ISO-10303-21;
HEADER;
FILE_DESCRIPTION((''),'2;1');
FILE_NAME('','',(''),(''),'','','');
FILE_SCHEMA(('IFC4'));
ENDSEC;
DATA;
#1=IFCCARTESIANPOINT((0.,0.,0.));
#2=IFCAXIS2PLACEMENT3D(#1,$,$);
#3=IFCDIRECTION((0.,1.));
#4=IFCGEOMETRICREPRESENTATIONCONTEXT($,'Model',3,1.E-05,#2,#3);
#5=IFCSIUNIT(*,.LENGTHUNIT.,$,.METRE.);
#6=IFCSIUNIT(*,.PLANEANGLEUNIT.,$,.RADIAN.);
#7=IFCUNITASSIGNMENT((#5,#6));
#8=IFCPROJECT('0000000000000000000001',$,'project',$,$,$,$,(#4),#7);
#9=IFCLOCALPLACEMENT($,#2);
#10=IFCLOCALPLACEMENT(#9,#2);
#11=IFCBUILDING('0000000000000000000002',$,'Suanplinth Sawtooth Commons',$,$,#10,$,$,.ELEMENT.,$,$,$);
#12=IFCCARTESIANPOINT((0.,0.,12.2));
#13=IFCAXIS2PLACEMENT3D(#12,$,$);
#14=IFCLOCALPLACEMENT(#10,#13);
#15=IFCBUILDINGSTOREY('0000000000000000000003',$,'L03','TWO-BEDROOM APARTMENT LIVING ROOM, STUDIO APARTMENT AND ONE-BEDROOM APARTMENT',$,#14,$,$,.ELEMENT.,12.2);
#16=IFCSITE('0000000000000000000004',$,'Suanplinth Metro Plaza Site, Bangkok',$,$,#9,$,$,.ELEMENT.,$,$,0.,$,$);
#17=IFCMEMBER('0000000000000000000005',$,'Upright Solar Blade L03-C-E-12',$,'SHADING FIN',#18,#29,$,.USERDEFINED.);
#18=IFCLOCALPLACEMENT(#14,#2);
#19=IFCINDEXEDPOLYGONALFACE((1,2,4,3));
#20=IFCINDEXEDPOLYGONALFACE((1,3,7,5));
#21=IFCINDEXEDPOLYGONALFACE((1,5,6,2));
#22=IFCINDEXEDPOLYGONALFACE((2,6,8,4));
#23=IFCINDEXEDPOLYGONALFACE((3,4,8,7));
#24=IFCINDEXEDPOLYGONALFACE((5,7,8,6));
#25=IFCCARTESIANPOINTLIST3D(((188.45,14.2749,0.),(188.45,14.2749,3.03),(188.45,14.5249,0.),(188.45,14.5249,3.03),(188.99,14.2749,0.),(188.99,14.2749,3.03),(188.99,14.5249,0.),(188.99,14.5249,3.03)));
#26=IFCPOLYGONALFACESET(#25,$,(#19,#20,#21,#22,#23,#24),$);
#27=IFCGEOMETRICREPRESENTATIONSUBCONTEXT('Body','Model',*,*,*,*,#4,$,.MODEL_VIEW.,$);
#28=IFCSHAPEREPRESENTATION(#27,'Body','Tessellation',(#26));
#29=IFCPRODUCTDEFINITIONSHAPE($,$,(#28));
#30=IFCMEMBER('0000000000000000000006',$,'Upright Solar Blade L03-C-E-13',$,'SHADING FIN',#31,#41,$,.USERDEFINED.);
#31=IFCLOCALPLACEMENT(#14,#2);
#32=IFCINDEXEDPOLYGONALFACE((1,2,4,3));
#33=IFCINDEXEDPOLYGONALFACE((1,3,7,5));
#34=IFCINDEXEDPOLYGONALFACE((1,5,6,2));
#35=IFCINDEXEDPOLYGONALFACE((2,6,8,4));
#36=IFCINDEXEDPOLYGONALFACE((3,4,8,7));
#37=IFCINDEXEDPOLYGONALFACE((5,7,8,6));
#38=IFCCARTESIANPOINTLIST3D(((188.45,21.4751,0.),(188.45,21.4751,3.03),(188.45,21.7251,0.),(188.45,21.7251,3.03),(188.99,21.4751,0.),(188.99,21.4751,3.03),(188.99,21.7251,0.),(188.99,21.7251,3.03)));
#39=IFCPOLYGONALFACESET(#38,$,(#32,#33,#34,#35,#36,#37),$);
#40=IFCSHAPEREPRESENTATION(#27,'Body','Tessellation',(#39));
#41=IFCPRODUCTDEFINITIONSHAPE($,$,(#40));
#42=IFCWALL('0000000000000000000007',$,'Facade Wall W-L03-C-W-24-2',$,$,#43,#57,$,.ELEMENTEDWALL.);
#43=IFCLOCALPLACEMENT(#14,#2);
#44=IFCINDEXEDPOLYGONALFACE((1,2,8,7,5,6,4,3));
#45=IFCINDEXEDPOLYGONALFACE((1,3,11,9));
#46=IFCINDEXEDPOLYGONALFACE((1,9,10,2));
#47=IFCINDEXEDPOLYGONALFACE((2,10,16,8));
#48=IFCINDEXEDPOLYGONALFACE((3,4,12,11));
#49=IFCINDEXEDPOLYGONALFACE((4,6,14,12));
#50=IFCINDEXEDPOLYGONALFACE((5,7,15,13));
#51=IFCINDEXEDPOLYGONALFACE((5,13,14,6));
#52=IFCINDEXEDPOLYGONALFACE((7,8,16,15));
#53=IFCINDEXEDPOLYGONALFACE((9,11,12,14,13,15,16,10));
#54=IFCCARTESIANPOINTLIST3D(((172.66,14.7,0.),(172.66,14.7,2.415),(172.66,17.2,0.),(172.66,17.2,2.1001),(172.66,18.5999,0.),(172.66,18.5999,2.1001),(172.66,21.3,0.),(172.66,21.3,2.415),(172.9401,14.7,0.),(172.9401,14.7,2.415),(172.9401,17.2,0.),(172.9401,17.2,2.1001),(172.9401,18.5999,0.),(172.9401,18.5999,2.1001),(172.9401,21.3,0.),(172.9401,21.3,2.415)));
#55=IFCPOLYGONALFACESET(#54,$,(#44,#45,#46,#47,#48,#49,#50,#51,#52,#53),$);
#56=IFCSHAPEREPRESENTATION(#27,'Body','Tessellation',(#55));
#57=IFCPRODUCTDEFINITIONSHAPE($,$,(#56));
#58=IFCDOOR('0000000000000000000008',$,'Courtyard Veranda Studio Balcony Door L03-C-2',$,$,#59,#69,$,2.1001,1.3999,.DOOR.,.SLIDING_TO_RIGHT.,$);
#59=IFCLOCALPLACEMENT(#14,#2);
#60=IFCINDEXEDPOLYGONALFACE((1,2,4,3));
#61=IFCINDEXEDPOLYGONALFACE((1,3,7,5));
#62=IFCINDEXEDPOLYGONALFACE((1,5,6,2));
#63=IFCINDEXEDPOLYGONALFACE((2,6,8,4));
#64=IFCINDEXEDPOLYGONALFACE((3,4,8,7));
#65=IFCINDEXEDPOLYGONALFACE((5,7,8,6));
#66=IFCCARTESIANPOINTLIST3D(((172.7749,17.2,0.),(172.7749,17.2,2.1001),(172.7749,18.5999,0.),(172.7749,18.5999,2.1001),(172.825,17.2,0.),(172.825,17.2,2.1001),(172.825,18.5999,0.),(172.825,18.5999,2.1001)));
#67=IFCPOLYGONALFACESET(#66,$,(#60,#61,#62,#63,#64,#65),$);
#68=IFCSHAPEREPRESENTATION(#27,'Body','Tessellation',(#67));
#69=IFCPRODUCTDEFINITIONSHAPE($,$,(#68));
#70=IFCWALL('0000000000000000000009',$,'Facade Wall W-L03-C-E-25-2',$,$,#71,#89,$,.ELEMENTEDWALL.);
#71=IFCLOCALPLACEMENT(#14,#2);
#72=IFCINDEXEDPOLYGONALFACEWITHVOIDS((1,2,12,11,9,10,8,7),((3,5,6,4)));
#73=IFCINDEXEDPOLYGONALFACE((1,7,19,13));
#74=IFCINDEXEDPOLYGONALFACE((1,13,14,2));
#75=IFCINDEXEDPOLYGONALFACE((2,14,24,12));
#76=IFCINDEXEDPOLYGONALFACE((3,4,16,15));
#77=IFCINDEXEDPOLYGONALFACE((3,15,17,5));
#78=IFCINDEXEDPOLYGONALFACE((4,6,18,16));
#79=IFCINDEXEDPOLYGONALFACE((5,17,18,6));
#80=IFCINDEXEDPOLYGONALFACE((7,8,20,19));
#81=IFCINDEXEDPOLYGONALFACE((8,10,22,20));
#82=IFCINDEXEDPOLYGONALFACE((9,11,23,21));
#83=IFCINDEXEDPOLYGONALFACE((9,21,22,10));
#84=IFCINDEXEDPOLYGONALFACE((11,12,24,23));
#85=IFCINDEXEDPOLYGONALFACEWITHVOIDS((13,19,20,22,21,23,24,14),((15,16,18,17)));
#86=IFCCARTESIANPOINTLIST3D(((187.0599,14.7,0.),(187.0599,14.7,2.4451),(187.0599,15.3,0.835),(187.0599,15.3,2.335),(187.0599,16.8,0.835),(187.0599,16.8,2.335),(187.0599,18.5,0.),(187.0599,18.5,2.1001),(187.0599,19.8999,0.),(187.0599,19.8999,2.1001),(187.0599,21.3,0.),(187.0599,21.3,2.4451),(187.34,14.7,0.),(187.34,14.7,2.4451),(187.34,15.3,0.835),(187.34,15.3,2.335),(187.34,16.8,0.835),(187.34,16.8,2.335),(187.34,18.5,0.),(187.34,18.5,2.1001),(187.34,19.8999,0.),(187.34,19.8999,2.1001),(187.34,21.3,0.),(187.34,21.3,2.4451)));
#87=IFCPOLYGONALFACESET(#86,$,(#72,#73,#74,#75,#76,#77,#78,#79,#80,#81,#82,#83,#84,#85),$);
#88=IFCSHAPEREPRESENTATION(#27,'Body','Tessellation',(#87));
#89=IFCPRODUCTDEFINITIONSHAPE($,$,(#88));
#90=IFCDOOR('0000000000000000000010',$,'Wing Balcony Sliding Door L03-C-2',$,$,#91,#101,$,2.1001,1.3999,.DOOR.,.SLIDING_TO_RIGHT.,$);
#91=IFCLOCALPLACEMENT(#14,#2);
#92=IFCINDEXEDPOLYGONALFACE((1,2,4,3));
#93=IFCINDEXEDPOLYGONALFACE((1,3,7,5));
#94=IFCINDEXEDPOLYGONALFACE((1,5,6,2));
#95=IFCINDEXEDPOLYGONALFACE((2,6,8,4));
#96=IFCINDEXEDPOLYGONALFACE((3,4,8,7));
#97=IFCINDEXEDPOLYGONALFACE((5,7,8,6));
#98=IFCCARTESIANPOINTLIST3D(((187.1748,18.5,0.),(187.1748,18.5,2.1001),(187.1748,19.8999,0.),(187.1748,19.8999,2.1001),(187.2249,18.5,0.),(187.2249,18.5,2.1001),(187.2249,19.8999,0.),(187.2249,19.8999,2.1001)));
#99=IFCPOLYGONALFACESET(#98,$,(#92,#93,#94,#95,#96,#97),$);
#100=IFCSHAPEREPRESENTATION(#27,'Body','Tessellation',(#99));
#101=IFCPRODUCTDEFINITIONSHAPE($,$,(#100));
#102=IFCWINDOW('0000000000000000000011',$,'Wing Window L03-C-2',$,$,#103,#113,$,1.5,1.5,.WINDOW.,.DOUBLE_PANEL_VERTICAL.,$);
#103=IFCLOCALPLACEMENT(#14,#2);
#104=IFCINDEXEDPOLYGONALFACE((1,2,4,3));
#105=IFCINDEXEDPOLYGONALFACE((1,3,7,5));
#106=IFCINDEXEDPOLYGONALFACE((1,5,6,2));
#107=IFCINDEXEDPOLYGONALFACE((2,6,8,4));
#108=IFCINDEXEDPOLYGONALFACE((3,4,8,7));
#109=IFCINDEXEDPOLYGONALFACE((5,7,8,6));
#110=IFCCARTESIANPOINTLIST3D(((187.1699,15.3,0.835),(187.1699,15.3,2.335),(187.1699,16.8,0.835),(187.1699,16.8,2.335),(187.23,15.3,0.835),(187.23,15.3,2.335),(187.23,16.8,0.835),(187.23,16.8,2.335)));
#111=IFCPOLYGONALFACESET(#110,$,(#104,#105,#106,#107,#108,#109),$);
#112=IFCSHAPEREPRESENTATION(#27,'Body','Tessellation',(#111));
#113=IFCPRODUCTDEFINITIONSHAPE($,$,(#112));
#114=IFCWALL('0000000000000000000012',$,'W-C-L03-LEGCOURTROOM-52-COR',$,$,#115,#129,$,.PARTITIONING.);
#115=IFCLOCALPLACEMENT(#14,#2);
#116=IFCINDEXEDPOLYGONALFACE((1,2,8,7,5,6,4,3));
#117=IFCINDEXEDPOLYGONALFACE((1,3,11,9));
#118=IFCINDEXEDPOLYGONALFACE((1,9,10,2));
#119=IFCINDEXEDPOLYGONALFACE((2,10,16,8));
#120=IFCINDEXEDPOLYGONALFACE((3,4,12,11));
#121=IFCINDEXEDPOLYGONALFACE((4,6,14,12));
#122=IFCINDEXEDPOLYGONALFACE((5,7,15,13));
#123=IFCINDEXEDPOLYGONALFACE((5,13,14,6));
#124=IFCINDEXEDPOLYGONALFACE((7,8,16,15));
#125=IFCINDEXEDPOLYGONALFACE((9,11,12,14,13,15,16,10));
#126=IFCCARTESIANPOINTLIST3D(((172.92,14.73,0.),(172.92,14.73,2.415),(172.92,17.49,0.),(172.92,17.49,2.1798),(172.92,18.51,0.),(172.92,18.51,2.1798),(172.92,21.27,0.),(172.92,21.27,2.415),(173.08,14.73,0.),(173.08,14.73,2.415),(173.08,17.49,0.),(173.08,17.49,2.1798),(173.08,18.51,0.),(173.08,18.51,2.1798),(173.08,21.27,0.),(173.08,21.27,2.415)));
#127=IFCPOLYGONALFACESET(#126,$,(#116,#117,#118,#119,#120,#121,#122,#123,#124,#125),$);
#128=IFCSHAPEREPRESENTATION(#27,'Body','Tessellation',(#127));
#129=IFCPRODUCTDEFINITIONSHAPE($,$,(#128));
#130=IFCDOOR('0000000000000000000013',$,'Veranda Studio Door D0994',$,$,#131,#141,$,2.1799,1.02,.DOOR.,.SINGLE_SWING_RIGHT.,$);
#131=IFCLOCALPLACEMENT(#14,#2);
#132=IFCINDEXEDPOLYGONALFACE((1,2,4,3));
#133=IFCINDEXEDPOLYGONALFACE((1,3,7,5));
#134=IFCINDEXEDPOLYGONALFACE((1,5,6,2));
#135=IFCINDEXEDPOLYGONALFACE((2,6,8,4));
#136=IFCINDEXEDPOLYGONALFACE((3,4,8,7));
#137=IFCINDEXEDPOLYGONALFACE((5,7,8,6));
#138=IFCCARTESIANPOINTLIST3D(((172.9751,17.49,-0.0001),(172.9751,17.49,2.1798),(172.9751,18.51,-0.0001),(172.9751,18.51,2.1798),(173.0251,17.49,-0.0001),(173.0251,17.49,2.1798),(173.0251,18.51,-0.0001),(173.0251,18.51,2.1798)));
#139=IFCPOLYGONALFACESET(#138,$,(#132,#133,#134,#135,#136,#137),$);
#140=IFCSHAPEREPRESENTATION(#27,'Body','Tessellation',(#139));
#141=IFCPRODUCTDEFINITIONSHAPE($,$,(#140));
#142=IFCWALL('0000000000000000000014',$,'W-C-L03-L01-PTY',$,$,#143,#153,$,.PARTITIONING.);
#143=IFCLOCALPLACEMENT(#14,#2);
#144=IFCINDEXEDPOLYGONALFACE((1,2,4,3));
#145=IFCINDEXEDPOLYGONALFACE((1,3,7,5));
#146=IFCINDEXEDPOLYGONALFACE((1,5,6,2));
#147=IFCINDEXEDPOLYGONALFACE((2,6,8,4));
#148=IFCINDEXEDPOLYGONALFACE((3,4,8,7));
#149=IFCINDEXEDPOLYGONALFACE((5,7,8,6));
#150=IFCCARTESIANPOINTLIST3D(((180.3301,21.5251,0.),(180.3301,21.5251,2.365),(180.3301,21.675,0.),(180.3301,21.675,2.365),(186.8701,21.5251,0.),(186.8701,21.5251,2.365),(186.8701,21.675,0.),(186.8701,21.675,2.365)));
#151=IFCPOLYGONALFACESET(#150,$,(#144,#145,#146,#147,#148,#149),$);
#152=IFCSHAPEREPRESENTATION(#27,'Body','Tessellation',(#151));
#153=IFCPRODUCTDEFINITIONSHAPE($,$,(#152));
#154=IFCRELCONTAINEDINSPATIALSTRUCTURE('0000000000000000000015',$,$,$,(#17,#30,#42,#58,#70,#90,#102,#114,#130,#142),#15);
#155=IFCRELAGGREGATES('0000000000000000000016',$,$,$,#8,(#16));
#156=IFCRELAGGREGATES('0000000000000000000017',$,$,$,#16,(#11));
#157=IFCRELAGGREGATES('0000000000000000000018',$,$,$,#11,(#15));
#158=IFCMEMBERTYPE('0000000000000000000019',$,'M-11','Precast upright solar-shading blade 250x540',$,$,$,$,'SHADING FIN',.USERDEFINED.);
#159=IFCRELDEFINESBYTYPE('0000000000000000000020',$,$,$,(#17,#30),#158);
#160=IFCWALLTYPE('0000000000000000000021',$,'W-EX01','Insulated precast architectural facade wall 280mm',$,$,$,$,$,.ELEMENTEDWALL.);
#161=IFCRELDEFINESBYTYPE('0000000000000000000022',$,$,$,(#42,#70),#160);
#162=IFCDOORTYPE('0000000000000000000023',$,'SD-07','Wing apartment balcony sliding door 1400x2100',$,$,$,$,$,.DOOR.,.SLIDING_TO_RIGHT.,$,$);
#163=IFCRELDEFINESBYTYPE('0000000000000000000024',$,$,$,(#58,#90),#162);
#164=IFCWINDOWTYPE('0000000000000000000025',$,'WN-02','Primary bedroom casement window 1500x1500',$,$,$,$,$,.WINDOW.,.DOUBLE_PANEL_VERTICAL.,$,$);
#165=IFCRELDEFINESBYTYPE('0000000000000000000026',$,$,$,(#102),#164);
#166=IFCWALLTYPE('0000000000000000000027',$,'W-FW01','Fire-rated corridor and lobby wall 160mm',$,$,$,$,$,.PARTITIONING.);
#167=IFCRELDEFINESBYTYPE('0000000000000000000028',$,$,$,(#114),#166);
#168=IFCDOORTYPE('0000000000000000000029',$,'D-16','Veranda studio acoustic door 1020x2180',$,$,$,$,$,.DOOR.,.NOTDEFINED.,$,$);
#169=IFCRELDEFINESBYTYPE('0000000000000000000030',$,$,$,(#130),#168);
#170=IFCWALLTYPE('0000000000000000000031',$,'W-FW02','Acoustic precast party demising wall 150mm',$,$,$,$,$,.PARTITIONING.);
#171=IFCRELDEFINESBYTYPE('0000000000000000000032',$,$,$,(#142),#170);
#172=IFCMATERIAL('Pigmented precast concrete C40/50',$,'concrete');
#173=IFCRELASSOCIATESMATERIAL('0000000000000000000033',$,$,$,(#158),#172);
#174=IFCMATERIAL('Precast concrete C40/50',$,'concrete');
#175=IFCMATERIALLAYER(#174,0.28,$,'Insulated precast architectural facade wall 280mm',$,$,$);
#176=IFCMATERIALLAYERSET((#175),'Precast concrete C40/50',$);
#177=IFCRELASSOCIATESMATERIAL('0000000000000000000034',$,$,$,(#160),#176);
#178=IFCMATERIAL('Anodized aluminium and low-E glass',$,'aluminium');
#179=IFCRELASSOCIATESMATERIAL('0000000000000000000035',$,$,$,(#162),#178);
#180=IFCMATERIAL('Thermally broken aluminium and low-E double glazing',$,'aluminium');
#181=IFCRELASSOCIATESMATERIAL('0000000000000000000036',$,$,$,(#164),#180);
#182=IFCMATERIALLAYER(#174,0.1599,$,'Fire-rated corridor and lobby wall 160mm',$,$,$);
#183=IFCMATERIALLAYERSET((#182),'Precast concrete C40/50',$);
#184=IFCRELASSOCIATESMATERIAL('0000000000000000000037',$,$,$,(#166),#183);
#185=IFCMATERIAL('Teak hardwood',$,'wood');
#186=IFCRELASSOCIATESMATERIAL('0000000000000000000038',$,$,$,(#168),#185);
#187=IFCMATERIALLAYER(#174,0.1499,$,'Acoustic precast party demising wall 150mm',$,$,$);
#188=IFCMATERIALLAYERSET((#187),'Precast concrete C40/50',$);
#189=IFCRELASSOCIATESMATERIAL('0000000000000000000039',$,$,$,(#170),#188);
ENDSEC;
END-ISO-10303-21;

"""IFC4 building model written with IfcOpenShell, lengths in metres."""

from ifc_helpers import new_model, si_unit, direction, frame, frame_2d, origin, origin_2d, place, context, subcontext, project, spatial, rectangle, extrude, material, layer, layer_set, material_profile, profile_set, type_object, element, fill, save


model = new_model("IFC4")

# Units and contexts
model_context = context("Model", 3, precision=1e-05, world=origin(), true_north=direction((0.0, 1.0)))
body_context = subcontext(model_context, "Body", "Model", "MODEL_VIEW")
ifc_project = project(units=[si_unit("LENGTHUNIT", "METRE"), si_unit("PLANEANGLEUNIT", "RADIAN")], contexts=[model_context])

# Site, building, storey
site_placement = place(None, origin())
site = spatial("IfcSite", under=ifc_project, at=site_placement, Name="Suanplinth Metro Plaza Site, Bangkok", CompositionType="ELEMENT", RefElevation=0.0)
building_placement = place(site_placement, origin())
building = spatial("IfcBuilding", under=site, at=building_placement, Name="Suanplinth Sawtooth Commons", CompositionType="ELEMENT")
storey_placement = place(building_placement, frame((0.0, 0.0, 12.2)))
storey = spatial("IfcBuildingStorey", under=building, at=storey_placement, Name="L03", Description="TWO-BEDROOM APARTMENT LIVING ROOM, STUDIO APARTMENT AND ONE-BEDROOM APARTMENT", CompositionType="ELEMENT", Elevation=12.2)

# Shared definitions
ifc_material_1 = material(Name="Precast concrete C40/50", Category="concrete")

# Members
ifc_material_2 = material(Name="Pigmented precast concrete C40/50", Category="concrete")
ifc_material_profile_1 = material_profile(ifc_material_2, rectangle(XDim=0.25, YDim=0.54, at=origin_2d()), Name="PC-FIN 250x540")
ifc_profile_set_1 = profile_set([ifc_material_profile_1], Name="Pigmented precast concrete C40/50")
member_type = type_object("IfcMemberType", Name="M-11", Description="Precast upright solar-shading blade 250x540", ElementType="SHADING FIN", PredefinedType="USERDEFINED", material=ifc_profile_set_1)
for number, where, z_axis, x_axis, name in (
    (1, (188.72, 14.3999, 0.0), (0.0, 0.0, 1.0), (0.0, 1.0, 0.0), "Upright Solar Blade L03-C-E-12"),
    (2, (188.72, 21.6001, 0.0), (0.0, 0.0, 1.0), (0.0, 1.0, 0.0), "Upright Solar Blade L03-C-E-13"),
):
    element("IfcMember", number, at=place(storey_placement, frame(where, z_axis=z_axis, x_axis=x_axis)), inside=storey, type_object=member_type, Name=name, ObjectType="SHADING FIN", PredefinedType="USERDEFINED", context=body_context, shape_type="SweptSolid", body=[
        extrude(rectangle(XDim=0.25, YDim=0.54, at=origin_2d()), origin(), (0.0, 0.0, 1.0), 3.03),
    ])

# Wall, opening, door
ifc_layer_1 = layer(ifc_material_1, 0.28, Name="Insulated precast architectural facade wall 280mm")
ifc_layer_set_1 = layer_set([ifc_layer_1], Name="Precast concrete C40/50")
wall_type_1 = type_object("IfcWallType", Name="W-EX01", Description="Insulated precast architectural facade wall 280mm", PredefinedType="ELEMENTEDWALL", material=ifc_layer_set_1)
wall_1_placement = place(storey_placement, frame((172.8, 14.7, 0.0), z_axis=(0.0, 0.0, 1.0), x_axis=(0.0, 1.0, 0.0)))
wall_1 = element("IfcWall", 3, at=wall_1_placement, inside=storey, type_object=wall_type_1, Name="Facade Wall W-L03-C-W-24-2", PredefinedType="ELEMENTEDWALL", context=body_context, shape_type="SweptSolid", body=[
    extrude(rectangle(XDim=6.6001, YDim=0.28, at=frame_2d((3.3, 0.0))), origin(), (0.0, 0.0, 1.0), 2.415),
])
opening_1_placement = place(wall_1_placement, frame((2.5, 0.0, 0.0)))
opening_1 = element("IfcOpeningElement", 4, at=opening_1_placement, cuts=wall_1, PredefinedType="OPENING", context=body_context, shape_type="SweptSolid", body=[
    extrude(rectangle(XDim=1.3999, YDim=2.1001, at=frame_2d((0.7, 1.05))), frame((0.0, 0.1548, 0.0), z_axis=(0.0, -1.0, 0.0), x_axis=(1.0, 0.0, 0.0)), (0.0, 0.0, 1.0), 0.3098),
])
ifc_material_3 = material(Name="Anodized aluminium and low-E glass", Category="aluminium")
door_type_1 = type_object("IfcDoorType", Name="SD-07", Description="Wing apartment balcony sliding door 1400x2100", OperationType="SLIDING_TO_RIGHT", PredefinedType="DOOR", material=ifc_material_3)
door_1_placement = place(opening_1_placement, frame((1.3999, 0.0, 0.0), z_axis=(0.0, 0.0, 1.0), x_axis=(-1.0, 0.0, 0.0)))
door_1 = element("IfcDoor", 5, at=door_1_placement, inside=storey, type_object=door_type_1, Name="Courtyard Veranda Studio Balcony Door L03-C-2", OperationType="SLIDING_TO_RIGHT", OverallHeight=2.1001, OverallWidth=1.3999, PredefinedType="DOOR", context=body_context, shape_type="SweptSolid", body=[
    extrude(rectangle(XDim=1.3999, YDim=2.1001, at=frame_2d((0.7, 1.05))), frame((0.0, 0.0249, 0.0), z_axis=(0.0, -1.0, 0.0), x_axis=(1.0, 0.0, 0.0)), (0.0, 0.0, 1.0), 0.05),
])
fill(opening_1, door_1)

# Wall, openings, door, window
wall_2_placement = place(storey_placement, frame((187.2, 14.7, 0.0), z_axis=(0.0, 0.0, 1.0), x_axis=(0.0, 1.0, 0.0)))
wall_2 = element("IfcWall", 6, at=wall_2_placement, inside=storey, type_object=wall_type_1, Name="Facade Wall W-L03-C-E-25-2", PredefinedType="ELEMENTEDWALL", context=body_context, shape_type="SweptSolid", body=[
    extrude(rectangle(XDim=6.6001, YDim=0.28, at=frame_2d((3.3, 0.0))), origin(), (0.0, 0.0, 1.0), 2.4451),
])
opening_2_placement = place(wall_2_placement, frame((3.8, 0.0, 0.0)))
opening_2 = element("IfcOpeningElement", 7, at=opening_2_placement, cuts=wall_2, PredefinedType="OPENING", context=body_context, shape_type="SweptSolid", body=[
    extrude(rectangle(XDim=1.3999, YDim=2.1001, at=frame_2d((0.7, 1.05))), frame((0.0, 0.1548, 0.0), z_axis=(0.0, -1.0, 0.0), x_axis=(1.0, 0.0, 0.0)), (0.0, 0.0, 1.0), 0.3098),
])
opening_3_placement = place(wall_2_placement, frame((0.6001, 0.0, 0.835)))
opening_3 = element("IfcOpeningElement", 8, at=opening_3_placement, cuts=wall_2, PredefinedType="OPENING", context=body_context, shape_type="SweptSolid", body=[
    extrude(rectangle(XDim=1.5, YDim=1.5, at=frame_2d((0.75, 0.75))), frame((0.0, 0.1548, 0.0), z_axis=(0.0, -1.0, 0.0), x_axis=(1.0, 0.0, 0.0)), (0.0, 0.0, 1.0), 0.3098),
])
door_2_placement = place(opening_2_placement, frame((1.3999, 0.0, 0.0), z_axis=(0.0, 0.0, 1.0), x_axis=(-1.0, 0.0, 0.0)))
door_2 = element("IfcDoor", 9, at=door_2_placement, inside=storey, type_object=door_type_1, Name="Wing Balcony Sliding Door L03-C-2", OperationType="SLIDING_TO_RIGHT", OverallHeight=2.1001, OverallWidth=1.3999, PredefinedType="DOOR", context=body_context, shape_type="SweptSolid", body=[
    extrude(rectangle(XDim=1.3999, YDim=2.1001, at=frame_2d((0.7, 1.05))), frame((0.0, 0.0249, 0.0), z_axis=(0.0, -1.0, 0.0), x_axis=(1.0, 0.0, 0.0)), (0.0, 0.0, 1.0), 0.05),
])
fill(opening_2, door_2)
ifc_material_4 = material(Name="Thermally broken aluminium and low-E double glazing", Category="aluminium")
window_type = type_object("IfcWindowType", Name="WN-02", Description="Primary bedroom casement window 1500x1500", PartitioningType="DOUBLE_PANEL_VERTICAL", PredefinedType="WINDOW", material=ifc_material_4)
window_placement = place(opening_3_placement, origin())
window = element("IfcWindow", 10, at=window_placement, inside=storey, type_object=window_type, Name="Wing Window L03-C-2", OverallHeight=1.5, OverallWidth=1.5, PartitioningType="DOUBLE_PANEL_VERTICAL", PredefinedType="WINDOW", context=body_context, shape_type="SweptSolid", body=[
    extrude(rectangle(XDim=1.5, YDim=1.5, at=frame_2d((0.75, 0.75))), frame((0.0, 0.03, 0.0), z_axis=(0.0, -1.0, 0.0), x_axis=(1.0, 0.0, 0.0)), (0.0, 0.0, 1.0), 0.0601),
])
fill(opening_3, window)

# Wall, opening, door
ifc_layer_2 = layer(ifc_material_1, 0.1599, Name="Fire-rated corridor and lobby wall 160mm")
ifc_layer_set_2 = layer_set([ifc_layer_2], Name="Precast concrete C40/50")
wall_type_2 = type_object("IfcWallType", Name="W-FW01", Description="Fire-rated corridor and lobby wall 160mm", PredefinedType="PARTITIONING", material=ifc_layer_set_2)
wall_3_placement = place(storey_placement, frame((173.0, 14.73, 0.0), z_axis=(0.0, 0.0, 1.0), x_axis=(0.0, 1.0, 0.0)))
wall_3 = element("IfcWall", 11, at=wall_3_placement, inside=storey, type_object=wall_type_2, Name="W-C-L03-LEGCOURTROOM-52-COR", PredefinedType="PARTITIONING", context=body_context, shape_type="SweptSolid", body=[
    extrude(rectangle(XDim=6.54, YDim=0.1599, at=frame_2d((3.27, 0.0))), origin(), (0.0, 0.0, 1.0), 2.415),
])
opening_4_placement = place(wall_3_placement, frame((2.76, 0.0, 0.0)))
opening_4 = element("IfcOpeningElement", 12, at=opening_4_placement, cuts=wall_3, PredefinedType="OPENING", context=body_context, shape_type="SweptSolid", body=[
    extrude(rectangle(XDim=1.02, YDim=2.1799, at=frame_2d((0.51, 1.0898))), frame((0.0, 0.0947, 0.0), z_axis=(0.0, -1.0, 0.0), x_axis=(1.0, 0.0, 0.0)), (0.0, 0.0, 1.0), 0.1897),
])
ifc_material_5 = material(Name="Teak hardwood", Category="wood")
door_type_2 = type_object("IfcDoorType", Name="D-16", Description="Veranda studio acoustic door 1020x2180", OperationType="NOTDEFINED", PredefinedType="DOOR", material=ifc_material_5)
door_3_placement = place(opening_4_placement, origin())
door_3 = element("IfcDoor", 13, at=door_3_placement, inside=storey, type_object=door_type_2, Name="Veranda Studio Door D0994", OperationType="SINGLE_SWING_RIGHT", OverallHeight=2.1799, OverallWidth=1.02, PredefinedType="DOOR", context=body_context, shape_type="SweptSolid", body=[
    extrude(rectangle(XDim=1.02, YDim=2.1799, at=frame_2d((0.51, 1.0898))), frame((0.0, 0.0249, 0.0), z_axis=(0.0, -1.0, 0.0), x_axis=(1.0, 0.0, 0.0)), (0.0, 0.0, 1.0), 0.05),
])
fill(opening_4, door_3)

# Wall
ifc_layer_3 = layer(ifc_material_1, 0.1499, Name="Acoustic precast party demising wall 150mm")
ifc_layer_set_3 = layer_set([ifc_layer_3], Name="Precast concrete C40/50")
wall_type_3 = type_object("IfcWallType", Name="W-FW02", Description="Acoustic precast party demising wall 150mm", PredefinedType="PARTITIONING", material=ifc_layer_set_3)
wall_4_placement = place(storey_placement, frame((180.3301, 21.6001, 0.0), z_axis=(0.0, 0.0, 1.0), x_axis=(1.0, 0.0, 0.0)))
element("IfcWall", 14, at=wall_4_placement, inside=storey, type_object=wall_type_3, Name="W-C-L03-L01-PTY", PredefinedType="PARTITIONING", context=body_context, shape_type="SweptSolid", body=[
    extrude(rectangle(XDim=6.54, YDim=0.1499, at=frame_2d((3.27, 0.0))), origin(), (0.0, 0.0, 1.0), 2.365),
])

save(model, "model.ifc")
